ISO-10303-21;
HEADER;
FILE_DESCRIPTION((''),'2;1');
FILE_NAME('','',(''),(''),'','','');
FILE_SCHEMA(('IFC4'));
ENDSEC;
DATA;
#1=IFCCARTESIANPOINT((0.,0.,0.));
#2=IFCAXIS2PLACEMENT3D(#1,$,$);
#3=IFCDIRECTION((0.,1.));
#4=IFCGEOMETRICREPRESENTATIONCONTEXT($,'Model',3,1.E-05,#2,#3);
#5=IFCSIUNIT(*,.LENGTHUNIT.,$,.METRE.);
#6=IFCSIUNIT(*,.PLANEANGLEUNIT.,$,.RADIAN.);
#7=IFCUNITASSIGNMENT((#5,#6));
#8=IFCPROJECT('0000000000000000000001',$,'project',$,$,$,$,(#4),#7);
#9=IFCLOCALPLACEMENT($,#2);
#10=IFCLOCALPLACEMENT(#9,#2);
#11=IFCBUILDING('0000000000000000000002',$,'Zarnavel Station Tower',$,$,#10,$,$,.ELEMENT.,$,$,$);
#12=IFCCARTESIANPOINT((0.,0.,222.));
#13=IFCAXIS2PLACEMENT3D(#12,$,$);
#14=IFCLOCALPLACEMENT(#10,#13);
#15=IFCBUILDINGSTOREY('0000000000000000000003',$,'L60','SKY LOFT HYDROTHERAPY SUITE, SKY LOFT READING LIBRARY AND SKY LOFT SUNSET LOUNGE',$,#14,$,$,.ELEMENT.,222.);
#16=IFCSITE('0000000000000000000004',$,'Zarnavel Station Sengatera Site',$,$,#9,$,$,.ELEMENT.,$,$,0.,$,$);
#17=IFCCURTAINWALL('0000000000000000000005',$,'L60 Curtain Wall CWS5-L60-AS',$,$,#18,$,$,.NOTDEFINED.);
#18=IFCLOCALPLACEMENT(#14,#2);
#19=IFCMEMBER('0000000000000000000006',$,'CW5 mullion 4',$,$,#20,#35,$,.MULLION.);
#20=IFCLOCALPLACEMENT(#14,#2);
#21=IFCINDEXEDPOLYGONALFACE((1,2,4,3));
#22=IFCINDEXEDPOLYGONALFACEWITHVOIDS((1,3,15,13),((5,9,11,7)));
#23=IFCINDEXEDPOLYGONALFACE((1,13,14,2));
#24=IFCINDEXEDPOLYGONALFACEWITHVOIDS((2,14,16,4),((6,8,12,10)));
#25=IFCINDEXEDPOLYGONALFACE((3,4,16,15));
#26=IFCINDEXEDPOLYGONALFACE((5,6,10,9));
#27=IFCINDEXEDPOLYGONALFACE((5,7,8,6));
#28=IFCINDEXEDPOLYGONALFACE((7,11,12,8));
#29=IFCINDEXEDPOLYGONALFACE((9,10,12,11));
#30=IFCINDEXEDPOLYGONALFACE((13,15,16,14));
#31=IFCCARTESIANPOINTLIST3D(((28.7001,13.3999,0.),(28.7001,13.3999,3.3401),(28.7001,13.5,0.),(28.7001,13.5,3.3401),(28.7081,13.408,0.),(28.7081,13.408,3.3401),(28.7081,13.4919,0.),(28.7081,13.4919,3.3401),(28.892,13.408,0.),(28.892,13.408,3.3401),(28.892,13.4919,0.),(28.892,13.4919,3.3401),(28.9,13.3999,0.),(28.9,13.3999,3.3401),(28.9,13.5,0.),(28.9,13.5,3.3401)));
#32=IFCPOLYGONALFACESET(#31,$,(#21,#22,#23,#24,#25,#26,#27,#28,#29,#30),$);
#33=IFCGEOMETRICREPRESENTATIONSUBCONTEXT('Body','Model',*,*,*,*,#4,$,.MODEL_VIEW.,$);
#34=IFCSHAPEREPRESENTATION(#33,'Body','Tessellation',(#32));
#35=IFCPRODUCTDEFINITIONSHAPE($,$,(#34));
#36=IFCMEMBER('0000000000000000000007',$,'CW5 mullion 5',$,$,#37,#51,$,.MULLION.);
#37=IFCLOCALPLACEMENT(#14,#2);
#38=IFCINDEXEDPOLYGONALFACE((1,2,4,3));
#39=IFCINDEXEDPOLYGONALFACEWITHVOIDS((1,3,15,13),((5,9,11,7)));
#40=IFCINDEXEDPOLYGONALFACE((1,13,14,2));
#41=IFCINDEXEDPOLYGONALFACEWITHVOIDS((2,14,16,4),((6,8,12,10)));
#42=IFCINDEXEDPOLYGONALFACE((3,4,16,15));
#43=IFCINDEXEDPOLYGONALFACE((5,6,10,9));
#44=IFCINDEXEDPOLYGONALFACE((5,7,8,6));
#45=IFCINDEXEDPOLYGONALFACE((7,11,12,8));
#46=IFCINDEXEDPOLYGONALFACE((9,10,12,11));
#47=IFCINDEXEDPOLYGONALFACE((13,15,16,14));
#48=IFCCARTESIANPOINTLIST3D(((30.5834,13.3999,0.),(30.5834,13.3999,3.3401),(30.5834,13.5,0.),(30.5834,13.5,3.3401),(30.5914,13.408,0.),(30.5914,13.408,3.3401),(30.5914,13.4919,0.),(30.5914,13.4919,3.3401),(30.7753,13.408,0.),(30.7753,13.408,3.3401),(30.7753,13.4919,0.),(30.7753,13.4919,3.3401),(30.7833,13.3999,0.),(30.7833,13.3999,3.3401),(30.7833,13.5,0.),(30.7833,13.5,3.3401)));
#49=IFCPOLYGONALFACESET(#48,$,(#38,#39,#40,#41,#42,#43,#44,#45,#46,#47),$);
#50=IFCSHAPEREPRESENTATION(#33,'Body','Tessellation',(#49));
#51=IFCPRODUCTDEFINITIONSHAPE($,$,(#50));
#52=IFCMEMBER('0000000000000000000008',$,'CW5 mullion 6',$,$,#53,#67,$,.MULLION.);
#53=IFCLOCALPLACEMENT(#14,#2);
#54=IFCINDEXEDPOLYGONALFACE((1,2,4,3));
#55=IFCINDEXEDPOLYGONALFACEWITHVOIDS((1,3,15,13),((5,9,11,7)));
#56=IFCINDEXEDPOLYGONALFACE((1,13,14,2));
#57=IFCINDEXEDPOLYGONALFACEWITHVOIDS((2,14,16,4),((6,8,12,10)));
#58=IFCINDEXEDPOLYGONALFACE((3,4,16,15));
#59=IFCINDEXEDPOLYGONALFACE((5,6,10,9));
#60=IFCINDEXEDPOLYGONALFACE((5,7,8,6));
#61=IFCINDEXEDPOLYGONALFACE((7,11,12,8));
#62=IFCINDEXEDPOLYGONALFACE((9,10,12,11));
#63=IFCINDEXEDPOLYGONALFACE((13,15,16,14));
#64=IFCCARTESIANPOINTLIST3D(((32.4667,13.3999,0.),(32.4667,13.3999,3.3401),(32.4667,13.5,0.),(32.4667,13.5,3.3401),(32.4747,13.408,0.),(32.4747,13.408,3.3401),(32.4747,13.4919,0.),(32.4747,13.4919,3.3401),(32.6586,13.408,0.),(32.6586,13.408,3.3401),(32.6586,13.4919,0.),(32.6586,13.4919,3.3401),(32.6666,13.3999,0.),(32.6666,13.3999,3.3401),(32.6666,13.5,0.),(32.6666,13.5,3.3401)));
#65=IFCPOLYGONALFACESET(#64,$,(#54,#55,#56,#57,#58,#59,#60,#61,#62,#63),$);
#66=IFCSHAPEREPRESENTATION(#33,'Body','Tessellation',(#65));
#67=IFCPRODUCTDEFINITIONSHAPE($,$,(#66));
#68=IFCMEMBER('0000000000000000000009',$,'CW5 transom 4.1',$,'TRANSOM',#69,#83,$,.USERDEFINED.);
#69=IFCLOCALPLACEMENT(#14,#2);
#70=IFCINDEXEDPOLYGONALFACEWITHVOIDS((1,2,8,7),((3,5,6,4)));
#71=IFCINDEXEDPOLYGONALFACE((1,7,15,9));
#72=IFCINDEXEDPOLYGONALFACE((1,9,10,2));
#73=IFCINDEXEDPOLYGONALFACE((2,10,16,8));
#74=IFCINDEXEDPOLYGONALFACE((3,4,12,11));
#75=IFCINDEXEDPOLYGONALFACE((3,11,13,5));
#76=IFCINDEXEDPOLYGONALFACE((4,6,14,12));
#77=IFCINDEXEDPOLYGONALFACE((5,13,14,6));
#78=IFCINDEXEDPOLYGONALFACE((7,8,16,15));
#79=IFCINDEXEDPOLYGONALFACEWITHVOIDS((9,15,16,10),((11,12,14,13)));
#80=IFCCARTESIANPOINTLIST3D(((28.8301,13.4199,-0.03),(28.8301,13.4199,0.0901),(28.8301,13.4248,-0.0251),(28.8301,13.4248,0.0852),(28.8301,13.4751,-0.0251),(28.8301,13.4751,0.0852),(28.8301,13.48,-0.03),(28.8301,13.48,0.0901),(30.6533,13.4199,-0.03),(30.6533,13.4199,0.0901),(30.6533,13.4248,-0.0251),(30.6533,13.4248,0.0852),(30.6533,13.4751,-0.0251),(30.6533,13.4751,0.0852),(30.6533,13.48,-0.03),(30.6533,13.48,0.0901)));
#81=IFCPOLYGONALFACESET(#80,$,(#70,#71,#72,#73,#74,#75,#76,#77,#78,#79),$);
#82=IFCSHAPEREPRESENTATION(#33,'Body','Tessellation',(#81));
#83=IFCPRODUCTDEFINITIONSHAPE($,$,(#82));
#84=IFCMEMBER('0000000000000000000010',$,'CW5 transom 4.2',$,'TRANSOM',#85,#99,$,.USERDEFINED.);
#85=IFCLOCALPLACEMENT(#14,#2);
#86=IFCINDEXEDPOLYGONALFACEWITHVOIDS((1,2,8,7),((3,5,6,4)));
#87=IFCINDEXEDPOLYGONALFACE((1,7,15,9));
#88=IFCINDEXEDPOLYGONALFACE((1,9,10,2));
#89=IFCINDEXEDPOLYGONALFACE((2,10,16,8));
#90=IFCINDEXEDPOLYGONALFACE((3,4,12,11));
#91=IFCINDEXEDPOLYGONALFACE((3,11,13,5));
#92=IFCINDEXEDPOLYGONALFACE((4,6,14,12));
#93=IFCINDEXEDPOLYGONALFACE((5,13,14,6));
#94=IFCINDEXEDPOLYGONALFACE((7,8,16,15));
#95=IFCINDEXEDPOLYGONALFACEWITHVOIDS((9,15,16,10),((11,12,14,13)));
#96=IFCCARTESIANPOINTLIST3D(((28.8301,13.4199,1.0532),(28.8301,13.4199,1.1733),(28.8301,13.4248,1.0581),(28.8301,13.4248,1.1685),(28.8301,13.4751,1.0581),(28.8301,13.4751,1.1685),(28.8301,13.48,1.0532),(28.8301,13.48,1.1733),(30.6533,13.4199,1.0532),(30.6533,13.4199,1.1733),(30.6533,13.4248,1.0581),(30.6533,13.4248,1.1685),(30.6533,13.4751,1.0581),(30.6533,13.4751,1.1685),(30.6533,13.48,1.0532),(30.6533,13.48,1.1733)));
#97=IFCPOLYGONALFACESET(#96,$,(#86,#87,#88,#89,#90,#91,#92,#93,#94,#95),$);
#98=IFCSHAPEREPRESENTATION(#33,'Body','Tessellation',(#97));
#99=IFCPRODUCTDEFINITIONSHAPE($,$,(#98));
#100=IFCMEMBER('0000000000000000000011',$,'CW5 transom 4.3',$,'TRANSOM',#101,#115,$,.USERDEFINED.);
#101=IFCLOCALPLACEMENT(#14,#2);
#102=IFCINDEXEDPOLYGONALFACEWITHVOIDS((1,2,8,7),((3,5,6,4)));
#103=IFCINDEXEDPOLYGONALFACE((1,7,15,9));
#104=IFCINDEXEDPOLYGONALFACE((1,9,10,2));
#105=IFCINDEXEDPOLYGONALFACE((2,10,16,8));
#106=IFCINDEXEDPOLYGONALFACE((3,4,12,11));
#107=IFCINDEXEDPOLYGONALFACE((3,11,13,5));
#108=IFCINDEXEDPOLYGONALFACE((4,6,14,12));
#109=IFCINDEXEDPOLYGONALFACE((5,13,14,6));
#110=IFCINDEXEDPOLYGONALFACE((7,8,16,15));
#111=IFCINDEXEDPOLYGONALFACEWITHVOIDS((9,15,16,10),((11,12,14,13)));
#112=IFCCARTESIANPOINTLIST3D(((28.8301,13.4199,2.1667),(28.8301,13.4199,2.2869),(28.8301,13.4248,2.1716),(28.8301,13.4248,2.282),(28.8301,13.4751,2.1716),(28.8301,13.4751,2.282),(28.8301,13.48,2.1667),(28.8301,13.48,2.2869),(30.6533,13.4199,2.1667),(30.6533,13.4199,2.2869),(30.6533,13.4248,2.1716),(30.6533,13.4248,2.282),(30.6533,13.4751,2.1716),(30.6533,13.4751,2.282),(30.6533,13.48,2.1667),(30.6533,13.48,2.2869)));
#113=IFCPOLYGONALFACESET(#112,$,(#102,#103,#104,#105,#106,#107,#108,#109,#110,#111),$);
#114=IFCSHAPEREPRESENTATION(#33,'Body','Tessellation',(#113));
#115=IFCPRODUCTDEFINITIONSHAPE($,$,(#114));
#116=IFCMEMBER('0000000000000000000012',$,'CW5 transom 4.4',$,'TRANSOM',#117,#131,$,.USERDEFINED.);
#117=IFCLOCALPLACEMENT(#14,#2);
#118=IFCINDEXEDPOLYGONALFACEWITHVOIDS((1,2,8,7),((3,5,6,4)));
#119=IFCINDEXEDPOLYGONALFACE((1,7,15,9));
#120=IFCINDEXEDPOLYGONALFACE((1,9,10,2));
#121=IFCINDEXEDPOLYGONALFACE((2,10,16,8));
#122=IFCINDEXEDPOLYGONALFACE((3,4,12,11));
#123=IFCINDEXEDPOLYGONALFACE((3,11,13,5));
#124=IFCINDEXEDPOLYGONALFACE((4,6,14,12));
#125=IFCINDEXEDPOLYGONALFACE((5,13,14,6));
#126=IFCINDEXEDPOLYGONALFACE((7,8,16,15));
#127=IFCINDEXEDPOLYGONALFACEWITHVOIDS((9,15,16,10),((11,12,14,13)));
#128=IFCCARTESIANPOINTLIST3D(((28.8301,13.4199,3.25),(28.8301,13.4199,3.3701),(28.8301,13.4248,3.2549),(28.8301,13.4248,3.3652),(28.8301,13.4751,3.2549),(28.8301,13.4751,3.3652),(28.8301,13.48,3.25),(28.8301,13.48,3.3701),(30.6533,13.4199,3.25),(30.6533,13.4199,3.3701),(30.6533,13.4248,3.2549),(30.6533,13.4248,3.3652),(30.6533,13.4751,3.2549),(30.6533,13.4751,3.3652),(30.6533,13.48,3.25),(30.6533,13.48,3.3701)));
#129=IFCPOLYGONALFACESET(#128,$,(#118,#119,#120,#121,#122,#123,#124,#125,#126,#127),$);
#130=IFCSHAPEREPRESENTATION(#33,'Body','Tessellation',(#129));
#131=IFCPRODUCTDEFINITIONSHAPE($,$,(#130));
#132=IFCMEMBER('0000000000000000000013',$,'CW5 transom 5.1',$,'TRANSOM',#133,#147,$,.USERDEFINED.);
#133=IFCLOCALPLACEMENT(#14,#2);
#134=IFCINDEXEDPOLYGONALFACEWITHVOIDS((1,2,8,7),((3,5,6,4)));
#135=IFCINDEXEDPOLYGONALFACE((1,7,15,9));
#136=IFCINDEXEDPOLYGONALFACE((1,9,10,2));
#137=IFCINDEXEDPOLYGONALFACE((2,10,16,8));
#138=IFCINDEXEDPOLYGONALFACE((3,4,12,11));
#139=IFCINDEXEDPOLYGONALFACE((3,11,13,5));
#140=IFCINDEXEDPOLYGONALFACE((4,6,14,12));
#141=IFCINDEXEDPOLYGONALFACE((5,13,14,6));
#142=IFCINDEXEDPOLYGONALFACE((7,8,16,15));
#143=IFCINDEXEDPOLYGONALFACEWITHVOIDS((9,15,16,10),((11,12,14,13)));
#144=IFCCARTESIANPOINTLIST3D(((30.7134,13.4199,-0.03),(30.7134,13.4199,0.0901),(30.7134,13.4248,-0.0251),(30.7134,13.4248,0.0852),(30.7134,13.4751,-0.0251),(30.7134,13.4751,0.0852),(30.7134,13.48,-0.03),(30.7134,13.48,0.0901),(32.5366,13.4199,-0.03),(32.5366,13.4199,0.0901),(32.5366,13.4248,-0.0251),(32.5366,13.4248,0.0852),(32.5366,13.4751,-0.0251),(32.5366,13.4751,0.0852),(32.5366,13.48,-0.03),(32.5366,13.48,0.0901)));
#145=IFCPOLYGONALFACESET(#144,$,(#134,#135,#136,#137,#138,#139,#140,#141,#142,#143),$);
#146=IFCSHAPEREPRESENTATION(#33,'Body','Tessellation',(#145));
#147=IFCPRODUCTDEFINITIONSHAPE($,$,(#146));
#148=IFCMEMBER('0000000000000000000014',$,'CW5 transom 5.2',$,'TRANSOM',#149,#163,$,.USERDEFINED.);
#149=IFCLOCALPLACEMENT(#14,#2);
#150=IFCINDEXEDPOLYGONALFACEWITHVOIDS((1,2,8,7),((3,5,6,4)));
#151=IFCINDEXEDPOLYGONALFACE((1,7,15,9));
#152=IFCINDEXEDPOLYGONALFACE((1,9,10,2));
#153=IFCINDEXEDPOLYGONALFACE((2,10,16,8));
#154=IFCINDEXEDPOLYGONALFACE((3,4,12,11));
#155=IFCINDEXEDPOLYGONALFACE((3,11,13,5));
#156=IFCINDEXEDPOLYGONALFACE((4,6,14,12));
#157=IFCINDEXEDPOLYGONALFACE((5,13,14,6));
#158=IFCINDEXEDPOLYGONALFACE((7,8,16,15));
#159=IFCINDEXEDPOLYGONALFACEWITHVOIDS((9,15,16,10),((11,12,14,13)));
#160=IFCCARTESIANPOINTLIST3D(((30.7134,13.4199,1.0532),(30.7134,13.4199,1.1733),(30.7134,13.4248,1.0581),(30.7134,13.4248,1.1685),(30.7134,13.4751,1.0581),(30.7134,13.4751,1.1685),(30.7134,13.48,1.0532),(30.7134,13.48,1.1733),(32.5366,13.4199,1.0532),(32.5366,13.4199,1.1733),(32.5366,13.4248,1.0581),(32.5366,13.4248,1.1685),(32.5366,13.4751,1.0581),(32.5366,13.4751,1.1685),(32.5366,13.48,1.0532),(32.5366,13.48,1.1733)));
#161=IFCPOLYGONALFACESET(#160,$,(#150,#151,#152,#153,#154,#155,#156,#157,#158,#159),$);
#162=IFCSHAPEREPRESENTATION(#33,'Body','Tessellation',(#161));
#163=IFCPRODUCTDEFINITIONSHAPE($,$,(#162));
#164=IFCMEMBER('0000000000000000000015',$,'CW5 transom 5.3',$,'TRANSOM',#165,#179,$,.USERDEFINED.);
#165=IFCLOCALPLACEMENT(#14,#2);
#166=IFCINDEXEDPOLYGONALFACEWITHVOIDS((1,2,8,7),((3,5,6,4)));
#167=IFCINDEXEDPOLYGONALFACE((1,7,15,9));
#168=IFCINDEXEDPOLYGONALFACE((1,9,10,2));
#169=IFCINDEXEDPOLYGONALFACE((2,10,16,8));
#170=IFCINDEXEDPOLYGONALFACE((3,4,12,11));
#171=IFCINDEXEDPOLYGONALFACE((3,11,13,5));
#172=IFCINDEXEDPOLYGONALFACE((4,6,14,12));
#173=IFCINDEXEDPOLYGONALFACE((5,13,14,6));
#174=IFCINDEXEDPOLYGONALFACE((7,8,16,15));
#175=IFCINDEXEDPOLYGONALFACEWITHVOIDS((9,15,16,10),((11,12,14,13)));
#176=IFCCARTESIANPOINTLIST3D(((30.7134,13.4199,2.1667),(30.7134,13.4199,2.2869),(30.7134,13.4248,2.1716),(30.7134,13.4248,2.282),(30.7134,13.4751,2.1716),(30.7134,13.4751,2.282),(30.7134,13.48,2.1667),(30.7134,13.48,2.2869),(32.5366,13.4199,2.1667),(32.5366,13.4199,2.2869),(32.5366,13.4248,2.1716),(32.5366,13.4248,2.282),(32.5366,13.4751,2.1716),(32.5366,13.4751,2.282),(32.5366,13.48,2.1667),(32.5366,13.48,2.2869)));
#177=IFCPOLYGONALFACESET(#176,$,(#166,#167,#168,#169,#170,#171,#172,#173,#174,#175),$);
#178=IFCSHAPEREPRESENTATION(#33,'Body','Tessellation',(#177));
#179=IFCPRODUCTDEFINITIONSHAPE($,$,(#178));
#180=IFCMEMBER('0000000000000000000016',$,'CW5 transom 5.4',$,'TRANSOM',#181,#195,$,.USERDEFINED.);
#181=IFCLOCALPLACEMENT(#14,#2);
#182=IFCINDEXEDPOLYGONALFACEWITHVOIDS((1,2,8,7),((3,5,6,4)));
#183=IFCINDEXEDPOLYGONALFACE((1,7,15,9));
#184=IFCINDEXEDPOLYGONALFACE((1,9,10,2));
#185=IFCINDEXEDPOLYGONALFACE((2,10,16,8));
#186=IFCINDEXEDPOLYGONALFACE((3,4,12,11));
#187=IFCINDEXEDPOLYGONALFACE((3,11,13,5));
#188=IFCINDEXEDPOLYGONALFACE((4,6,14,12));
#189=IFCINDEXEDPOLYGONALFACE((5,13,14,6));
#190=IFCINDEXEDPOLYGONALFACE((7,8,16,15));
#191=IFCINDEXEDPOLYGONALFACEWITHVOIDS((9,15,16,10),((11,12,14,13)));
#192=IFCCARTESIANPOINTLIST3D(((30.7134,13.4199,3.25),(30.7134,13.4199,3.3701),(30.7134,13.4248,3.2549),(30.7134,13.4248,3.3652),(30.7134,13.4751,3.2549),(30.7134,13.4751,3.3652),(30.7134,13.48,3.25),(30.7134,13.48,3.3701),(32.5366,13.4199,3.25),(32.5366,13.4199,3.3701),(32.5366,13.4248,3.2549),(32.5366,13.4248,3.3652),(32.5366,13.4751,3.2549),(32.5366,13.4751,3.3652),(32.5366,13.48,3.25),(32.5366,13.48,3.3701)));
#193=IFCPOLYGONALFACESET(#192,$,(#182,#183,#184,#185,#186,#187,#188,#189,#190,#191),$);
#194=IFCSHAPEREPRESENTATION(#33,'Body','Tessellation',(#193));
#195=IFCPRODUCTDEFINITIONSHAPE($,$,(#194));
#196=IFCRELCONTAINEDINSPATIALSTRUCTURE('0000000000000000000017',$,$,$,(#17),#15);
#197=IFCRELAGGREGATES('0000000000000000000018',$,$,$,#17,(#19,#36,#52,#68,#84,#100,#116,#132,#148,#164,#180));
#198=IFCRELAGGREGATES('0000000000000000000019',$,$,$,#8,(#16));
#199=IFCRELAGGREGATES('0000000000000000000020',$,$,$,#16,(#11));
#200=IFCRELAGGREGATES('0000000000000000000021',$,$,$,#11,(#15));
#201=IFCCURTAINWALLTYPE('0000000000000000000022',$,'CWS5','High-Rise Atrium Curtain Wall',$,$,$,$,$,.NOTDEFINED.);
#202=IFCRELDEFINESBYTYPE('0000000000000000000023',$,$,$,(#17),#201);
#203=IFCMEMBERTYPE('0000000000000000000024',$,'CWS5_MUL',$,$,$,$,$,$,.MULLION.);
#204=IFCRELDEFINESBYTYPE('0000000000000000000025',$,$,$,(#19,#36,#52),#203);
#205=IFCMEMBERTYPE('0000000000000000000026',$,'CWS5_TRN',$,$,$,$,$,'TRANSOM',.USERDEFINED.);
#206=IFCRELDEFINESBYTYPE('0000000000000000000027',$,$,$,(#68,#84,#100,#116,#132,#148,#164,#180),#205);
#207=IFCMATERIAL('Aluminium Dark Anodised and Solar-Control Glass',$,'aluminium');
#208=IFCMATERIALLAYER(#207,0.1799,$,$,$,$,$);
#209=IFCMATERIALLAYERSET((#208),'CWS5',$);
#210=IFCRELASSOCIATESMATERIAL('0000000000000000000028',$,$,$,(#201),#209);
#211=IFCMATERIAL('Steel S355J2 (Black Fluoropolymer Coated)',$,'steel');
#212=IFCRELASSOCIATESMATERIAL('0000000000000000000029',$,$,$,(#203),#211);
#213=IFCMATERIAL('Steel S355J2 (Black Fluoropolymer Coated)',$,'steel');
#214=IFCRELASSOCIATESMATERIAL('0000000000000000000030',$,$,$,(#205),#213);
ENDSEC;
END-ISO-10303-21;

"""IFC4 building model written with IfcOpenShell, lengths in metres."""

from ifc_helpers import new_model, si_unit, direction, frame, origin, origin_2d, place, context, subcontext, project, spatial, hollow_rectangle, extrude, material, layer, layer_set, material_profile, profile_set, type_object, element, aggregate, save


model = new_model("IFC4")

# Units and contexts
model_context = context("Model", 3, precision=1e-05, world=origin(), true_north=direction((0.0, 1.0)))
body_context = subcontext(model_context, "Body", "Model", "MODEL_VIEW")
ifc_project = project(units=[si_unit("LENGTHUNIT", "METRE"), si_unit("PLANEANGLEUNIT", "RADIAN")], contexts=[model_context])

# Site, building, storey
site_placement = place(None, origin())
site = spatial("IfcSite", under=ifc_project, at=site_placement, Name="Zarnavel Station Sengatera Site", CompositionType="ELEMENT", RefElevation=0.0)
building_placement = place(site_placement, origin())
building = spatial("IfcBuilding", under=site, at=building_placement, Name="Zarnavel Station Tower", CompositionType="ELEMENT")
storey_placement = place(building_placement, frame((0.0, 0.0, 222.0)))
storey = spatial("IfcBuildingStorey", under=building, at=storey_placement, Name="L60", Description="SKY LOFT HYDROTHERAPY SUITE, SKY LOFT READING LIBRARY AND SKY LOFT SUNSET LOUNGE", CompositionType="ELEMENT", Elevation=222.0)

# Curtain wall, members
ifc_material_1 = material(Name="Aluminium Dark Anodised and Solar-Control Glass", Category="aluminium")
ifc_layer_1 = layer(ifc_material_1, 0.1799)
ifc_layer_set_1 = layer_set([ifc_layer_1], Name="CWS5")
curtain_wall_type = type_object("IfcCurtainWallType", Name="CWS5", Description="High-Rise Atrium Curtain Wall", PredefinedType="NOTDEFINED", material=ifc_layer_set_1)
curtain_wall_placement = place(storey_placement, origin())
curtain_wall = element("IfcCurtainWall", 1, at=curtain_wall_placement, inside=storey, type_object=curtain_wall_type, Name="L60 Curtain Wall CWS5-L60-AS", PredefinedType="NOTDEFINED")
ifc_material_2 = material(Name="Steel S355J2 (Black Fluoropolymer Coated)", Category="steel")
ifc_material_profile_1 = material_profile(ifc_material_2, hollow_rectangle(XDim=0.1001, YDim=0.2, WallThickness=0.0081, at=origin_2d()), Name="RHS200x100x8")
ifc_profile_set_1 = profile_set([ifc_material_profile_1], Name="Steel S355J2 (Black Fluoropolymer Coated)")
member_type_1 = type_object("IfcMemberType", Name="CWS5_MUL", PredefinedType="MULLION", material=ifc_profile_set_1)
member_1_placement = place(storey_placement, frame((28.8, 13.45, 0.0), z_axis=(0.0, 0.0, 1.0), x_axis=(0.0, 1.0, 0.0)))
member_1 = element("IfcMember", 2, at=member_1_placement, type_object=member_type_1, Name="CW5 mullion 4", PredefinedType="MULLION", context=body_context, shape_type="SweptSolid", body=[
    extrude(hollow_rectangle(XDim=0.1001, YDim=0.2, WallThickness=0.0081, at=origin_2d()), origin(), (0.0, 0.0, 1.0), 3.3401),
])
member_2_placement = place(storey_placement, frame((30.6833, 13.45, 0.0), z_axis=(0.0, 0.0, 1.0), x_axis=(0.0, 1.0, 0.0)))
member_2 = element("IfcMember", 3, at=member_2_placement, type_object=member_type_1, Name="CW5 mullion 5", PredefinedType="MULLION", context=body_context, shape_type="SweptSolid", body=[
    extrude(hollow_rectangle(XDim=0.1001, YDim=0.2, WallThickness=0.0081, at=origin_2d()), origin(), (0.0, 0.0, 1.0), 3.3401),
])
member_3_placement = place(storey_placement, frame((32.5667, 13.45, 0.0), z_axis=(0.0, 0.0, 1.0), x_axis=(0.0, 1.0, 0.0)))
member_3 = element("IfcMember", 4, at=member_3_placement, type_object=member_type_1, Name="CW5 mullion 6", PredefinedType="MULLION", context=body_context, shape_type="SweptSolid", body=[
    extrude(hollow_rectangle(XDim=0.1001, YDim=0.2, WallThickness=0.0081, at=origin_2d()), origin(), (0.0, 0.0, 1.0), 3.3401),
])
ifc_material_3 = material(Name="Steel S355J2 (Black Fluoropolymer Coated)", Category="steel")
ifc_material_profile_2 = material_profile(ifc_material_3, hollow_rectangle(XDim=0.0601, YDim=0.1201, WallThickness=0.0049, at=origin_2d()), Name="RHS120x60x5")
ifc_profile_set_2 = profile_set([ifc_material_profile_2], Name="Steel S355J2 (Black Fluoropolymer Coated)")
member_type_2 = type_object("IfcMemberType", Name="CWS5_TRN", ElementType="TRANSOM", PredefinedType="USERDEFINED", material=ifc_profile_set_2)
member_4_placement = place(storey_placement, frame((28.8301, 13.45, 0.03), z_axis=(1.0, 0.0, 0.0), x_axis=(0.0, 1.0, 0.0)))
member_4 = element("IfcMember", 5, at=member_4_placement, type_object=member_type_2, Name="CW5 transom 4.1", ObjectType="TRANSOM", PredefinedType="USERDEFINED", context=body_context, shape_type="SweptSolid", body=[
    extrude(hollow_rectangle(XDim=0.0601, YDim=0.1201, WallThickness=0.0049, at=origin_2d()), origin(), (0.0, 0.0, 1.0), 1.8232),
])
member_5_placement = place(storey_placement, frame((28.8301, 13.45, 1.1133), z_axis=(1.0, 0.0, 0.0), x_axis=(0.0, 1.0, 0.0)))
member_5 = element("IfcMember", 6, at=member_5_placement, type_object=member_type_2, Name="CW5 transom 4.2", ObjectType="TRANSOM", PredefinedType="USERDEFINED", context=body_context, shape_type="SweptSolid", body=[
    extrude(hollow_rectangle(XDim=0.0601, YDim=0.1201, WallThickness=0.0049, at=origin_2d()), origin(), (0.0, 0.0, 1.0), 1.8232),
])
member_6_placement = place(storey_placement, frame((28.8301, 13.45, 2.2268), z_axis=(1.0, 0.0, 0.0), x_axis=(0.0, 1.0, 0.0)))
member_6 = element("IfcMember", 7, at=member_6_placement, type_object=member_type_2, Name="CW5 transom 4.3", ObjectType="TRANSOM", PredefinedType="USERDEFINED", context=body_context, shape_type="SweptSolid", body=[
    extrude(hollow_rectangle(XDim=0.0601, YDim=0.1201, WallThickness=0.0049, at=origin_2d()), origin(), (0.0, 0.0, 1.0), 1.8232),
])
member_7_placement = place(storey_placement, frame((28.8301, 13.45, 3.3101), z_axis=(1.0, 0.0, 0.0), x_axis=(0.0, 1.0, 0.0)))
member_7 = element("IfcMember", 8, at=member_7_placement, type_object=member_type_2, Name="CW5 transom 4.4", ObjectType="TRANSOM", PredefinedType="USERDEFINED", context=body_context, shape_type="SweptSolid", body=[
    extrude(hollow_rectangle(XDim=0.0601, YDim=0.1201, WallThickness=0.0049, at=origin_2d()), origin(), (0.0, 0.0, 1.0), 1.8232),
])
member_8_placement = place(storey_placement, frame((30.7134, 13.45, 0.03), z_axis=(1.0, 0.0, 0.0), x_axis=(0.0, 1.0, 0.0)))
member_8 = element("IfcMember", 9, at=member_8_placement, type_object=member_type_2, Name="CW5 transom 5.1", ObjectType="TRANSOM", PredefinedType="USERDEFINED", context=body_context, shape_type="SweptSolid", body=[
    extrude(hollow_rectangle(XDim=0.0601, YDim=0.1201, WallThickness=0.0049, at=origin_2d()), origin(), (0.0, 0.0, 1.0), 1.8232),
])
member_9_placement = place(storey_placement, frame((30.7134, 13.45, 1.1133), z_axis=(1.0, 0.0, 0.0), x_axis=(0.0, 1.0, 0.0)))
member_9 = element("IfcMember", 10, at=member_9_placement, type_object=member_type_2, Name="CW5 transom 5.2", ObjectType="TRANSOM", PredefinedType="USERDEFINED", context=body_context, shape_type="SweptSolid", body=[
    extrude(hollow_rectangle(XDim=0.0601, YDim=0.1201, WallThickness=0.0049, at=origin_2d()), origin(), (0.0, 0.0, 1.0), 1.8232),
])
member_10_placement = place(storey_placement, frame((30.7134, 13.45, 2.2268), z_axis=(1.0, 0.0, 0.0), x_axis=(0.0, 1.0, 0.0)))
member_10 = element("IfcMember", 11, at=member_10_placement, type_object=member_type_2, Name="CW5 transom 5.3", ObjectType="TRANSOM", PredefinedType="USERDEFINED", context=body_context, shape_type="SweptSolid", body=[
    extrude(hollow_rectangle(XDim=0.0601, YDim=0.1201, WallThickness=0.0049, at=origin_2d()), origin(), (0.0, 0.0, 1.0), 1.8232),
])
member_11_placement = place(storey_placement, frame((30.7134, 13.45, 3.3101), z_axis=(1.0, 0.0, 0.0), x_axis=(0.0, 1.0, 0.0)))
member_11 = element("IfcMember", 12, at=member_11_placement, type_object=member_type_2, Name="CW5 transom 5.4", ObjectType="TRANSOM", PredefinedType="USERDEFINED", context=body_context, shape_type="SweptSolid", body=[
    extrude(hollow_rectangle(XDim=0.0601, YDim=0.1201, WallThickness=0.0049, at=origin_2d()), origin(), (0.0, 0.0, 1.0), 1.8232),
])
aggregate(curtain_wall, [member_1, member_2, member_3, member_4, member_5, member_6, member_7, member_8, member_9, member_10, member_11])

save(model, "model.ifc")
